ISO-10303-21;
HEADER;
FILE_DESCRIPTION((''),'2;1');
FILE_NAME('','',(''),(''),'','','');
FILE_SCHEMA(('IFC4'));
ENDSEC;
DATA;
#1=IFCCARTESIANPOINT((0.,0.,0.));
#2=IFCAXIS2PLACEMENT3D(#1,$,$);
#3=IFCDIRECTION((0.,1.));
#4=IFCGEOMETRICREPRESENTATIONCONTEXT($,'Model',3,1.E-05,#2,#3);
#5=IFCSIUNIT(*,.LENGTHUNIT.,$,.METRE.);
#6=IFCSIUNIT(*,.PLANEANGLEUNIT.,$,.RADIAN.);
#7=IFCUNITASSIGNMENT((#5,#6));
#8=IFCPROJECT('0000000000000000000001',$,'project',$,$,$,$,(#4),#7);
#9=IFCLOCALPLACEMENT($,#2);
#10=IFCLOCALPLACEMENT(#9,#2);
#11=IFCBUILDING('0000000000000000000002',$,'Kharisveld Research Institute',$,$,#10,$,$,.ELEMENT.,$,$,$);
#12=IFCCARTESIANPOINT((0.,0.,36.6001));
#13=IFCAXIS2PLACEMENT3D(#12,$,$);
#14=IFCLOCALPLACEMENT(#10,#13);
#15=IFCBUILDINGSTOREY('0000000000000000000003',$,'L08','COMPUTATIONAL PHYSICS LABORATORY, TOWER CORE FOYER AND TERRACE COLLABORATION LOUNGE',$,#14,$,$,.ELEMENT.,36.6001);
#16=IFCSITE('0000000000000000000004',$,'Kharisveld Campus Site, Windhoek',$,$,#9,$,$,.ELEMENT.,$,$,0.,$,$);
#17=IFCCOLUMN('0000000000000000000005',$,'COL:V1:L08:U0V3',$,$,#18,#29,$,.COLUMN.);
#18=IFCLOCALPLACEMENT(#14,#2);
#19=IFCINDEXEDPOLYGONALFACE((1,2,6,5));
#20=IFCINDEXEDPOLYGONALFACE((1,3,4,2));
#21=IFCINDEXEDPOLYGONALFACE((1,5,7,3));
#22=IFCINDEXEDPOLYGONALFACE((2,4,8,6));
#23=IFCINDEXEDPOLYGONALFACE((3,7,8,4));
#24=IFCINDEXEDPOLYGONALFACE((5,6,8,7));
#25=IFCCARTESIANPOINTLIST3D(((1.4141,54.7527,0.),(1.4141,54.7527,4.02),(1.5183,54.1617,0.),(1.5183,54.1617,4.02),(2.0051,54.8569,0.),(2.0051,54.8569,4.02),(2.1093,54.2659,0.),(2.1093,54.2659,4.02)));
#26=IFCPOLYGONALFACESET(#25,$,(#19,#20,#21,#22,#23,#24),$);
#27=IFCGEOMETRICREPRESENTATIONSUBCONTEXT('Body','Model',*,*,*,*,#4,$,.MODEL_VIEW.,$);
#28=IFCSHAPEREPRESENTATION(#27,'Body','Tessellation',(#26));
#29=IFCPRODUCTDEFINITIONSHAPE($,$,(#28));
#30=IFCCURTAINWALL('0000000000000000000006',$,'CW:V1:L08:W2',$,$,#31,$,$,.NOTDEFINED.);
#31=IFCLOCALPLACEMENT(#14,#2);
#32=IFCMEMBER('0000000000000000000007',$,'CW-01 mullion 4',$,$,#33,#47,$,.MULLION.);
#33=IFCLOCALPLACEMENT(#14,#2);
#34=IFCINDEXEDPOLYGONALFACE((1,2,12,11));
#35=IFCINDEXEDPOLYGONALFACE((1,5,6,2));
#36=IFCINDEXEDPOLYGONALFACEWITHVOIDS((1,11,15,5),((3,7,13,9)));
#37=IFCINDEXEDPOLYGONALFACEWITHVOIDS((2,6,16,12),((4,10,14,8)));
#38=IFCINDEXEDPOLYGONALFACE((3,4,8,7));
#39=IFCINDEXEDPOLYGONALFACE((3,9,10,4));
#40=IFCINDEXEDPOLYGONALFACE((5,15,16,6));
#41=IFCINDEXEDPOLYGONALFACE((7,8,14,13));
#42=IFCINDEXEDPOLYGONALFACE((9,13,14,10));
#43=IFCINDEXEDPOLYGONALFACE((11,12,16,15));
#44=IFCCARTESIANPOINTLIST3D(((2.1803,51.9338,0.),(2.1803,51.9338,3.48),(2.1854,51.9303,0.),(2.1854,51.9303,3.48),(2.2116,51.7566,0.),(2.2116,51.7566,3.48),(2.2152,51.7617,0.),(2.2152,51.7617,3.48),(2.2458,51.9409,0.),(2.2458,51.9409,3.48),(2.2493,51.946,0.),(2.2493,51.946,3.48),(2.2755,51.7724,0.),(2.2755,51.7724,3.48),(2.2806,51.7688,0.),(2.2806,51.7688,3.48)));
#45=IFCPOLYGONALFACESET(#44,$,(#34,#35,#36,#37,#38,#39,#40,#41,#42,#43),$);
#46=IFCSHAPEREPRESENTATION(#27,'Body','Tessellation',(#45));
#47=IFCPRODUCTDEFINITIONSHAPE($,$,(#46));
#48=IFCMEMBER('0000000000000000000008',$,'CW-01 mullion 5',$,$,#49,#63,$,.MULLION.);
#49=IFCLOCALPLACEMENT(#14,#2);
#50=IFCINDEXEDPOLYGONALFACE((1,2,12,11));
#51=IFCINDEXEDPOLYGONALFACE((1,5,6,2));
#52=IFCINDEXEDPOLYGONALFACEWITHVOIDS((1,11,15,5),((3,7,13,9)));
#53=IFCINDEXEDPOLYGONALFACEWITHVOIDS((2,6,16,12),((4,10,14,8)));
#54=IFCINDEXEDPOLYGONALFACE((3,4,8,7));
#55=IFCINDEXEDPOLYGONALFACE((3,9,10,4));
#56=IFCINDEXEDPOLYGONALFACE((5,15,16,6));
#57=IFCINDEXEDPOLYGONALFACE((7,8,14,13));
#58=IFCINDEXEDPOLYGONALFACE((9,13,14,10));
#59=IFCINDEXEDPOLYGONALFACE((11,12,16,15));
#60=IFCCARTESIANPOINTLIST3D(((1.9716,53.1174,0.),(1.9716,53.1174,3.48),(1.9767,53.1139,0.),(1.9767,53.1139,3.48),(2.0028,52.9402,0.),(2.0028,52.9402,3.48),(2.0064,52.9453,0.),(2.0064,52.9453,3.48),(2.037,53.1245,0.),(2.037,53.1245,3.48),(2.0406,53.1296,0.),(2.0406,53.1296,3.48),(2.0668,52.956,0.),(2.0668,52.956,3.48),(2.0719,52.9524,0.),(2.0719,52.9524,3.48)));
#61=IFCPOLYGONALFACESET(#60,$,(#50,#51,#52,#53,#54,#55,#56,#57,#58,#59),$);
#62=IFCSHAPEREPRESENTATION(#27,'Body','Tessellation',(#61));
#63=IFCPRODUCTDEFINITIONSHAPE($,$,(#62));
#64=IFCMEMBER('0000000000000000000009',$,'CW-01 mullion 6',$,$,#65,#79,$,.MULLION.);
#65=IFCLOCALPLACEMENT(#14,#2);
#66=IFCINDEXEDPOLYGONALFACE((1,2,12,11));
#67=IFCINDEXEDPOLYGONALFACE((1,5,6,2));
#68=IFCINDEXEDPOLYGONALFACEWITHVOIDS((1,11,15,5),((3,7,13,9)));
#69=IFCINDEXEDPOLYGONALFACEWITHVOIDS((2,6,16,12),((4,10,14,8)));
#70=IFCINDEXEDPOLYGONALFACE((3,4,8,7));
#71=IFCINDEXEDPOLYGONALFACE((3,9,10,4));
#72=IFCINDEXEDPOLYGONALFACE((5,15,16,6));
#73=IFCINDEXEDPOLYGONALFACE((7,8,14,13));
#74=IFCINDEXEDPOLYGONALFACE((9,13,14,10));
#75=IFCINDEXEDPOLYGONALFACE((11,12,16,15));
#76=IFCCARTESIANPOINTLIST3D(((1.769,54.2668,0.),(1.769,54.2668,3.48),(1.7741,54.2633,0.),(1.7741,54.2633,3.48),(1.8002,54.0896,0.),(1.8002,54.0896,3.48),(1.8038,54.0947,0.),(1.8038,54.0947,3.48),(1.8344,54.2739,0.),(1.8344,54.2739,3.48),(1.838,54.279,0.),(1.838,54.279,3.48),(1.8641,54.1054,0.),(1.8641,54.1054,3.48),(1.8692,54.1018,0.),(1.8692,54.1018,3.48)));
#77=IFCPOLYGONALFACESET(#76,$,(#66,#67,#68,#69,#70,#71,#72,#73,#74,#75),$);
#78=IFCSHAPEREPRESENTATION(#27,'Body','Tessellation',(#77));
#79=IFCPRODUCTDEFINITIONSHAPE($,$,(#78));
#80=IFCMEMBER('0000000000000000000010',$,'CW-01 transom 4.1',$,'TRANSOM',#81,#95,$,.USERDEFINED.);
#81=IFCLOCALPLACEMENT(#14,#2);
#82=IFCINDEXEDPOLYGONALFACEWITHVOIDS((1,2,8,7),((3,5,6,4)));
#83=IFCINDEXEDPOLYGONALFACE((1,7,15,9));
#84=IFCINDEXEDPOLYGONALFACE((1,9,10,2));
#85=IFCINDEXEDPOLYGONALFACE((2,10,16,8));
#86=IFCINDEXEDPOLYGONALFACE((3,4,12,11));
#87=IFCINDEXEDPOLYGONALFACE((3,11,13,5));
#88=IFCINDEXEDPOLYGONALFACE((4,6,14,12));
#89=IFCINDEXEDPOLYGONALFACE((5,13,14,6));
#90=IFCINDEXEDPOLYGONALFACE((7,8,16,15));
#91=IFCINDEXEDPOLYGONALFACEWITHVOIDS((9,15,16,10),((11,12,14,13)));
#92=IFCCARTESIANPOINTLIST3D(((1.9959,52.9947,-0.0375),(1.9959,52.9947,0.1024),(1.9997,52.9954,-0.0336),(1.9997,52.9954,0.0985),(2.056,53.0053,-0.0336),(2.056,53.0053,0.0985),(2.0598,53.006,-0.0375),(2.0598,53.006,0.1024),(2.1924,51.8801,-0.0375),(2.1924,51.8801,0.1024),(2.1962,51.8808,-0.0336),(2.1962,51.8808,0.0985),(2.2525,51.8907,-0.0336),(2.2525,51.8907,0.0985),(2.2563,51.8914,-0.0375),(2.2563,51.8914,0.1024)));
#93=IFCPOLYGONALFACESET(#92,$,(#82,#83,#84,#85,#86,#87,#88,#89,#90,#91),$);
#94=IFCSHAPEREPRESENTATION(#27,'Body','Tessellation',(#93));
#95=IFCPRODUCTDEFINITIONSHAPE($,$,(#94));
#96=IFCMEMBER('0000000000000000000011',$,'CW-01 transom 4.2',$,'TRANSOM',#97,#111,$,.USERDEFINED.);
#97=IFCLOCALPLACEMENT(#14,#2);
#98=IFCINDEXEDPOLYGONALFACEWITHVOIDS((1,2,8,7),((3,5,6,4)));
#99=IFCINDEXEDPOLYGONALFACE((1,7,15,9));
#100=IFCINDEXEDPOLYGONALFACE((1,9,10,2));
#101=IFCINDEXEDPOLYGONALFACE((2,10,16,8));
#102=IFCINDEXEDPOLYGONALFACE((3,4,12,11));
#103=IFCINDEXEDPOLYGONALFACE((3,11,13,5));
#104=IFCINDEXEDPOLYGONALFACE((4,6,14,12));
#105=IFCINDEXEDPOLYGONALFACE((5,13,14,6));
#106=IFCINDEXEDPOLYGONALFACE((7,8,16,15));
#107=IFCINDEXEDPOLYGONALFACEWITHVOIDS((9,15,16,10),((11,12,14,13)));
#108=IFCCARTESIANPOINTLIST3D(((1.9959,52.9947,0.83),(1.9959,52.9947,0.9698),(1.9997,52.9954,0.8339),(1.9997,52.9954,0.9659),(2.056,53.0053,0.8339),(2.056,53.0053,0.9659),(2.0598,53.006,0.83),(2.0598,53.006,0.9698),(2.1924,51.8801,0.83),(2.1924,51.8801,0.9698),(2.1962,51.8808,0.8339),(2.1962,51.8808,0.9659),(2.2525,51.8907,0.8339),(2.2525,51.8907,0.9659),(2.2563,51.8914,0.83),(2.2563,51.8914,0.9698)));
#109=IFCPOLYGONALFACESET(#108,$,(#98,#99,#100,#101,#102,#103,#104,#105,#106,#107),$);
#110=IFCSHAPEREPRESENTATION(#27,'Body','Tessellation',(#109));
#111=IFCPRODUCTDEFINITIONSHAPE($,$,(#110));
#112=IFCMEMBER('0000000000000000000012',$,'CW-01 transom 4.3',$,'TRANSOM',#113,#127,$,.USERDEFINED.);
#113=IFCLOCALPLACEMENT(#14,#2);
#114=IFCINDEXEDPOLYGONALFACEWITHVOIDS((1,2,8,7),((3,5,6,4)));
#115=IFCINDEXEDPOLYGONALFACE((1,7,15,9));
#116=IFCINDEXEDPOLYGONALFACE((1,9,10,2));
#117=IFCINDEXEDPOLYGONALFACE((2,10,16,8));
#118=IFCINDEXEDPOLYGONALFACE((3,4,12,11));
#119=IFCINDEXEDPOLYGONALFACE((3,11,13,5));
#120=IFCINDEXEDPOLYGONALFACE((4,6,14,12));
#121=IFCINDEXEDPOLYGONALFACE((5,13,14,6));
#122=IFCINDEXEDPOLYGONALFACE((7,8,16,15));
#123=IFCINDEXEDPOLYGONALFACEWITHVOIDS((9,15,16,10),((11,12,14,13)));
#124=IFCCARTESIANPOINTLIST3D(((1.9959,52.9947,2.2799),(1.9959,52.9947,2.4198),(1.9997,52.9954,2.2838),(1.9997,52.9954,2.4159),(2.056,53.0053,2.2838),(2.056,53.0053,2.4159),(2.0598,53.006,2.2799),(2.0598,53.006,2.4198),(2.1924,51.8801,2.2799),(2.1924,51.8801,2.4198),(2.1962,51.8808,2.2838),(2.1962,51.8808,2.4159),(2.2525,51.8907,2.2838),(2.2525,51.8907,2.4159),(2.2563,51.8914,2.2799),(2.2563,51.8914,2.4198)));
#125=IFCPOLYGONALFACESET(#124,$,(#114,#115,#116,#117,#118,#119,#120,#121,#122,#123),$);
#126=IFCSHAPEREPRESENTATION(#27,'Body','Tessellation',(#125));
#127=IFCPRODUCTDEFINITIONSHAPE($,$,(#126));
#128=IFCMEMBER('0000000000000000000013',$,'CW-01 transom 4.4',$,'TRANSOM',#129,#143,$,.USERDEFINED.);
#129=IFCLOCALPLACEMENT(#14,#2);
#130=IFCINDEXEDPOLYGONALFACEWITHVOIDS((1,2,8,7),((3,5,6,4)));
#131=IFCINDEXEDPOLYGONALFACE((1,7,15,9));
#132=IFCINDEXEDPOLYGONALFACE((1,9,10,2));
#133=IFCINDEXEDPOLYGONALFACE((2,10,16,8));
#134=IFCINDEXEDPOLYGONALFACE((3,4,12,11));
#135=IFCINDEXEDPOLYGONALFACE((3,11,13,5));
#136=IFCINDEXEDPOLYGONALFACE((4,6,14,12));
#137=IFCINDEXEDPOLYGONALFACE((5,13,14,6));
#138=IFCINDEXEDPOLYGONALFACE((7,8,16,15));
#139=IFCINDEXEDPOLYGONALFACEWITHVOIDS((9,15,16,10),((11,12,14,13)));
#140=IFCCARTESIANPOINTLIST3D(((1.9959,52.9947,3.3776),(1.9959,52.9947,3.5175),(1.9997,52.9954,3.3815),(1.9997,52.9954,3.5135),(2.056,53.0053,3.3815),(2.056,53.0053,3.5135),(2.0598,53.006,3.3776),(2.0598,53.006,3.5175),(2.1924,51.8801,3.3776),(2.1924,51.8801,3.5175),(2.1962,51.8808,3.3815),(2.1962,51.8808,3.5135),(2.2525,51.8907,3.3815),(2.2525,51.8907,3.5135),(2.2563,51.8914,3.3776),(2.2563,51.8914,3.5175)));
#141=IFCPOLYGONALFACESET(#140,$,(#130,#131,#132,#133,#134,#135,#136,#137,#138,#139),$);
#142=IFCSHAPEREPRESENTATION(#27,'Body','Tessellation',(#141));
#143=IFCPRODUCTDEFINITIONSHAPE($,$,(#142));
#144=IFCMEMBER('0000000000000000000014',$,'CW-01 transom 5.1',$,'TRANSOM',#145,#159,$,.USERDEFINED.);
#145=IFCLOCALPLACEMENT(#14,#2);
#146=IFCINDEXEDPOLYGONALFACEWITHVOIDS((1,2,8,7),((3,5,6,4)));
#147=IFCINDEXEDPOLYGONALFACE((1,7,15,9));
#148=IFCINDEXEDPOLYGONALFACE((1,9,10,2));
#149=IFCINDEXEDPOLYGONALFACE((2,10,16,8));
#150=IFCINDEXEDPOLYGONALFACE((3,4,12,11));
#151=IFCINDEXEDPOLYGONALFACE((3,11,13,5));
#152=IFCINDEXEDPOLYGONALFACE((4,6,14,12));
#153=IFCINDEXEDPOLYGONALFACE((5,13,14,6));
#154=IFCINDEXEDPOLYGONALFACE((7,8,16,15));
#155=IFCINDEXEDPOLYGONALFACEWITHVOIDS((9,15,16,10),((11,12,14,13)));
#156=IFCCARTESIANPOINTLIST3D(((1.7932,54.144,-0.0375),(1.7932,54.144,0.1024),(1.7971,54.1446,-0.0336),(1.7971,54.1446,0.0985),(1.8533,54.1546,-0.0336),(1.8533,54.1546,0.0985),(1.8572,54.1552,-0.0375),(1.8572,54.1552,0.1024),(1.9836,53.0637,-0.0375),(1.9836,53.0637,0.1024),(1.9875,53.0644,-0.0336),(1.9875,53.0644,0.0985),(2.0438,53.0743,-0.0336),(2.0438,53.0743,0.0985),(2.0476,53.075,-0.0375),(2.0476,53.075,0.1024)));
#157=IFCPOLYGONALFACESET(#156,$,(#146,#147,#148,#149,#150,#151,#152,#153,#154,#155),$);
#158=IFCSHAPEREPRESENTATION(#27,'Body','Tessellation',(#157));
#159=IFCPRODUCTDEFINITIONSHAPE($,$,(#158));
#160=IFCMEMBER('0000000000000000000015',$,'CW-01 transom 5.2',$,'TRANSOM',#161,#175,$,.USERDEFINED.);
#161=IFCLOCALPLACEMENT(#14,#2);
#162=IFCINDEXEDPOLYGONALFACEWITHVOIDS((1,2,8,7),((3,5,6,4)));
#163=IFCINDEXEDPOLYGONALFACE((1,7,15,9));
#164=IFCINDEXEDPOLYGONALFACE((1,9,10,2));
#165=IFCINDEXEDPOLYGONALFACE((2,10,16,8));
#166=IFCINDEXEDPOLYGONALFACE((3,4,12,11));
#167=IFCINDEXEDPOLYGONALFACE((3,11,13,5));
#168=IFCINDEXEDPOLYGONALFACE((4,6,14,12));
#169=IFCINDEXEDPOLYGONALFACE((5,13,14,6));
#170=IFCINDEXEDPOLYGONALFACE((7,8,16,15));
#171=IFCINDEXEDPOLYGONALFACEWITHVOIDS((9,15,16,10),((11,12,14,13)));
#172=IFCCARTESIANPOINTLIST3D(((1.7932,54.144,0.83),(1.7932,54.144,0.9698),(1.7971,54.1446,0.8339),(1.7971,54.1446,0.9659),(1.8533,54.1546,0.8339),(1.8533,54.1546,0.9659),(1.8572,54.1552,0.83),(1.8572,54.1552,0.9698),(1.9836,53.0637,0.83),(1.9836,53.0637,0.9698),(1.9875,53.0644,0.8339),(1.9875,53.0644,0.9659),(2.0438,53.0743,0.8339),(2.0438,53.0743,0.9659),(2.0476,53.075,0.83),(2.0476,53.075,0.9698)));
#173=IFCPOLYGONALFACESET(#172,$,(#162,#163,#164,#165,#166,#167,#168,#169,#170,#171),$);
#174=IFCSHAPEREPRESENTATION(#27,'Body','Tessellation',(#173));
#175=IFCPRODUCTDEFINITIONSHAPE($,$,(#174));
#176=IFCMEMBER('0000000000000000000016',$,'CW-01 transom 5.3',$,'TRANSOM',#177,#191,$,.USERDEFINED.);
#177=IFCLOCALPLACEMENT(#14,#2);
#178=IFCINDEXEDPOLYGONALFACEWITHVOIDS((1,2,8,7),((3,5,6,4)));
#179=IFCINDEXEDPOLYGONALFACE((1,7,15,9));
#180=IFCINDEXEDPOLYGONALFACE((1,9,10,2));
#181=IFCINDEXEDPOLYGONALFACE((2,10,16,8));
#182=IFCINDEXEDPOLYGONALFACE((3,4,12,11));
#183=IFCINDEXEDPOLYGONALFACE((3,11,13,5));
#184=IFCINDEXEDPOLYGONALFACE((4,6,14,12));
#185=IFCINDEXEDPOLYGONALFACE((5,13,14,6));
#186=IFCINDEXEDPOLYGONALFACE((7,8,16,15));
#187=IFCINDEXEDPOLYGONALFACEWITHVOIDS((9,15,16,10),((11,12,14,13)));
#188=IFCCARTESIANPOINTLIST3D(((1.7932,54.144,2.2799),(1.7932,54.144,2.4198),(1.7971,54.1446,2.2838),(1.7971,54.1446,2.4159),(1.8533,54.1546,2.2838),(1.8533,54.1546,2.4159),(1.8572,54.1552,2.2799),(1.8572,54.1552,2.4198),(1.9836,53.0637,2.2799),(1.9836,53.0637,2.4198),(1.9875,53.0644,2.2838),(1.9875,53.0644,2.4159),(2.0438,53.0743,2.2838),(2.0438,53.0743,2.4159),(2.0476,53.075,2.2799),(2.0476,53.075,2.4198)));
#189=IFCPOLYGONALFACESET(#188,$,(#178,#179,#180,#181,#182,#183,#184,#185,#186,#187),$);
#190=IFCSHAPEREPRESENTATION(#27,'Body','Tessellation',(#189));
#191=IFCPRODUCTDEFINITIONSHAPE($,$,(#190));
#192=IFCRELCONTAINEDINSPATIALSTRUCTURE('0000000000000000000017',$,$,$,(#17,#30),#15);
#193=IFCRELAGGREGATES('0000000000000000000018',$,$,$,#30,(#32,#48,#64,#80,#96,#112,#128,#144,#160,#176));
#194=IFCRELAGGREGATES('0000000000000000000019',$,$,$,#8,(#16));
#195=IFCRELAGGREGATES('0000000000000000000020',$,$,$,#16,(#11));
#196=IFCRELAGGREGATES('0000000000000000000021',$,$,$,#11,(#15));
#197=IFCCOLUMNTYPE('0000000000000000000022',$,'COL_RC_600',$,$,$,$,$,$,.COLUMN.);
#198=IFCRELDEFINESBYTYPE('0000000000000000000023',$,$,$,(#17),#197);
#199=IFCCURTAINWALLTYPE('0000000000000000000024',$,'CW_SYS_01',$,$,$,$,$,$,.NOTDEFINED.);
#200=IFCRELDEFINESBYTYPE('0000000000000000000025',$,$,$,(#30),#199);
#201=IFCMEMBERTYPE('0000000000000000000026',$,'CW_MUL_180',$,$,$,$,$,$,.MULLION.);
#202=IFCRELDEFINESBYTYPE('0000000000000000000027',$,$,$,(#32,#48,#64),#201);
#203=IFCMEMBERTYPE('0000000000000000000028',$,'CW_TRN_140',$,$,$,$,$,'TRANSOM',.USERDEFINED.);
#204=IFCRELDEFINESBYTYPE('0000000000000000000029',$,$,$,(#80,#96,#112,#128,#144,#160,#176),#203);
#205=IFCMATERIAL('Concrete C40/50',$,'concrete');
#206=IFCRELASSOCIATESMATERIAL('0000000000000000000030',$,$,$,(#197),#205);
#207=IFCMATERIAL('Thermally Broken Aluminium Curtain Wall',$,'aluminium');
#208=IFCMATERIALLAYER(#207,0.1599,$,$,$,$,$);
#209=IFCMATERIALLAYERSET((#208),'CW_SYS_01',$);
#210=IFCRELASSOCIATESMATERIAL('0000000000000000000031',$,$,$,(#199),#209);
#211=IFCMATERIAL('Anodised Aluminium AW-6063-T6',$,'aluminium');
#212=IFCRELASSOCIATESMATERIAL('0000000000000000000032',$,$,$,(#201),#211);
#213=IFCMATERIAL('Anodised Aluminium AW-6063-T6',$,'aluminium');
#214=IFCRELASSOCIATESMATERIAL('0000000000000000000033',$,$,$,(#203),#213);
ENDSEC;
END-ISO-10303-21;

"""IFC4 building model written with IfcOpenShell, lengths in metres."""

from ifc_helpers import new_model, si_unit, direction, frame, origin, origin_2d, place, context, subcontext, project, spatial, rectangle, hollow_rectangle, extrude, material, layer, layer_set, material_profile, profile_set, type_object, element, aggregate, save


model = new_model("IFC4")

# Units and contexts
model_context = context("Model", 3, precision=1e-05, world=origin(), true_north=direction((0.0, 1.0)))
body_context = subcontext(model_context, "Body", "Model", "MODEL_VIEW")
ifc_project = project(units=[si_unit("LENGTHUNIT", "METRE"), si_unit("PLANEANGLEUNIT", "RADIAN")], contexts=[model_context])

# Site, building, storey
site_placement = place(None, origin())
site = spatial("IfcSite", under=ifc_project, at=site_placement, Name="Kharisveld Campus Site, Windhoek", CompositionType="ELEMENT", RefElevation=0.0)
building_placement = place(site_placement, origin())
building = spatial("IfcBuilding", under=site, at=building_placement, Name="Kharisveld Research Institute", CompositionType="ELEMENT")
storey_placement = place(building_placement, frame((0.0, 0.0, 36.6001)))
storey = spatial("IfcBuildingStorey", under=building, at=storey_placement, Name="L08", Description="COMPUTATIONAL PHYSICS LABORATORY, TOWER CORE FOYER AND TERRACE COLLABORATION LOUNGE", CompositionType="ELEMENT", Elevation=36.6001)

# Column
ifc_material_1 = material(Name="Concrete C40/50", Category="concrete")
ifc_material_profile_1 = material_profile(ifc_material_1, rectangle(XDim=0.6001, YDim=0.6001, at=origin_2d()))
ifc_profile_set_1 = profile_set([ifc_material_profile_1], Name="Concrete C40/50")
column_type = type_object("IfcColumnType", Name="COL_RC_600", PredefinedType="COLUMN", material=ifc_profile_set_1)
column_placement = place(storey_placement, frame((1.7617, 54.5093, 0.0), z_axis=(0.0, 0.0, 1.0), x_axis=(0.984808, 0.173648, 0.0)))
element("IfcColumn", 1, at=column_placement, inside=storey, type_object=column_type, Name="COL:V1:L08:U0V3", PredefinedType="COLUMN", context=body_context, shape_type="SweptSolid", body=[
    extrude(rectangle(XDim=0.6001, YDim=0.6001, at=origin_2d()), origin(), (0.0, 0.0, 1.0), 4.02),
])

# Curtain wall, members
ifc_material_2 = material(Name="Thermally Broken Aluminium Curtain Wall", Category="aluminium")
ifc_layer_1 = layer(ifc_material_2, 0.1599)
ifc_layer_set_1 = layer_set([ifc_layer_1], Name="CW_SYS_01")
curtain_wall_type = type_object("IfcCurtainWallType", Name="CW_SYS_01", PredefinedType="NOTDEFINED", material=ifc_layer_set_1)
curtain_wall_placement = place(storey_placement, origin())
curtain_wall = element("IfcCurtainWall", 2, at=curtain_wall_placement, inside=storey, type_object=curtain_wall_type, Name="CW:V1:L08:W2", PredefinedType="NOTDEFINED")
ifc_material_3 = material(Name="Anodised Aluminium AW-6063-T6", Category="aluminium")
ifc_material_profile_2 = material_profile(ifc_material_3, hollow_rectangle(XDim=0.0701, YDim=0.1799, WallThickness=0.0044, at=origin_2d()))
ifc_profile_set_2 = profile_set([ifc_material_profile_2], Name="Anodised Aluminium AW-6063-T6")
member_type_1 = type_object("IfcMemberType", Name="CW_MUL_180", PredefinedType="MULLION", material=ifc_profile_set_2)
member_1_placement = place(storey_placement, frame((2.2305, 51.8513, 0.0), z_axis=(0.0, 0.0, 1.0), x_axis=(-0.984808, -0.173648, 0.0)))
member_1 = element("IfcMember", 3, at=member_1_placement, type_object=member_type_1, Name="CW-01 mullion 4", PredefinedType="MULLION", context=body_context, shape_type="SweptSolid", body=[
    extrude(hollow_rectangle(XDim=0.0701, YDim=0.1799, WallThickness=0.0044, at=origin_2d()), origin(), (0.0, 0.0, 1.0), 3.48),
])
member_2_placement = place(storey_placement, frame((2.0217, 53.0349, 0.0), z_axis=(0.0, 0.0, 1.0), x_axis=(-0.984808, -0.173648, 0.0)))
member_2 = element("IfcMember", 4, at=member_2_placement, type_object=member_type_1, Name="CW-01 mullion 5", PredefinedType="MULLION", context=body_context, shape_type="SweptSolid", body=[
    extrude(hollow_rectangle(XDim=0.0701, YDim=0.1799, WallThickness=0.0044, at=origin_2d()), origin(), (0.0, 0.0, 1.0), 3.48),
])
member_3_placement = place(storey_placement, frame((1.8191, 54.1843, 0.0), z_axis=(0.0, 0.0, 1.0), x_axis=(-0.984808, -0.173648, 0.0)))
member_3 = element("IfcMember", 5, at=member_3_placement, type_object=member_type_1, Name="CW-01 mullion 6", PredefinedType="MULLION", context=body_context, shape_type="SweptSolid", body=[
    extrude(hollow_rectangle(XDim=0.0701, YDim=0.1799, WallThickness=0.0044, at=origin_2d()), origin(), (0.0, 0.0, 1.0), 3.48),
])
ifc_material_4 = material(Name="Anodised Aluminium AW-6063-T6", Category="aluminium")
ifc_material_profile_3 = material_profile(ifc_material_4, hollow_rectangle(XDim=0.0649, YDim=0.1399, WallThickness=0.0039, at=origin_2d()))
ifc_profile_set_3 = profile_set([ifc_material_profile_3], Name="Anodised Aluminium AW-6063-T6")
member_type_2 = type_object("IfcMemberType", Name="CW_TRN_140", ElementType="TRANSOM", PredefinedType="USERDEFINED", material=ifc_profile_set_3)
member_4_placement = place(storey_placement, frame((2.2244, 51.8857, 0.0325), z_axis=(-0.173625, 0.984812, 0.0), x_axis=(-0.984812, -0.173625, 0.0)))
member_4 = element("IfcMember", 6, at=member_4_placement, type_object=member_type_2, Name="CW-01 transom 4.1", ObjectType="TRANSOM", PredefinedType="USERDEFINED", context=body_context, shape_type="SweptSolid", body=[
    extrude(hollow_rectangle(XDim=0.0649, YDim=0.1399, WallThickness=0.0039, at=origin_2d()), origin(), (0.0, 0.0, 1.0), 1.1318),
])
member_5_placement = place(storey_placement, frame((2.2244, 51.8857, 0.8999), z_axis=(-0.173625, 0.984812, 0.0), x_axis=(-0.984812, -0.173625, 0.0)))
member_5 = element("IfcMember", 7, at=member_5_placement, type_object=member_type_2, Name="CW-01 transom 4.2", ObjectType="TRANSOM", PredefinedType="USERDEFINED", context=body_context, shape_type="SweptSolid", body=[
    extrude(hollow_rectangle(XDim=0.0649, YDim=0.1399, WallThickness=0.0039, at=origin_2d()), origin(), (0.0, 0.0, 1.0), 1.1318),
])
member_6_placement = place(storey_placement, frame((2.2244, 51.8857, 2.3499), z_axis=(-0.173625, 0.984812, 0.0), x_axis=(-0.984812, -0.173625, 0.0)))
member_6 = element("IfcMember", 8, at=member_6_placement, type_object=member_type_2, Name="CW-01 transom 4.3", ObjectType="TRANSOM", PredefinedType="USERDEFINED", context=body_context, shape_type="SweptSolid", body=[
    extrude(hollow_rectangle(XDim=0.0649, YDim=0.1399, WallThickness=0.0039, at=origin_2d()), origin(), (0.0, 0.0, 1.0), 1.1318),
])
member_7_placement = place(storey_placement, frame((2.2244, 51.8857, 3.4475), z_axis=(-0.173625, 0.984812, 0.0), x_axis=(-0.984812, -0.173625, 0.0)))
member_7 = element("IfcMember", 9, at=member_7_placement, type_object=member_type_2, Name="CW-01 transom 4.4", ObjectType="TRANSOM", PredefinedType="USERDEFINED", context=body_context, shape_type="SweptSolid", body=[
    extrude(hollow_rectangle(XDim=0.0649, YDim=0.1399, WallThickness=0.0039, at=origin_2d()), origin(), (0.0, 0.0, 1.0), 1.1318),
])
member_8_placement = place(storey_placement, frame((2.0156, 53.0693, 0.0325), z_axis=(-0.173595, 0.984817, 0.0), x_axis=(-0.984817, -0.173595, 0.0)))
member_8 = element("IfcMember", 10, at=member_8_placement, type_object=member_type_2, Name="CW-01 transom 5.1", ObjectType="TRANSOM", PredefinedType="USERDEFINED", context=body_context, shape_type="SweptSolid", body=[
    extrude(hollow_rectangle(XDim=0.0649, YDim=0.1399, WallThickness=0.0039, at=origin_2d()), origin(), (0.0, 0.0, 1.0), 1.0969),
])
member_9_placement = place(storey_placement, frame((2.0156, 53.0693, 0.8999), z_axis=(-0.173595, 0.984817, 0.0), x_axis=(-0.984817, -0.173595, 0.0)))
member_9 = element("IfcMember", 11, at=member_9_placement, type_object=member_type_2, Name="CW-01 transom 5.2", ObjectType="TRANSOM", PredefinedType="USERDEFINED", context=body_context, shape_type="SweptSolid", body=[
    extrude(hollow_rectangle(XDim=0.0649, YDim=0.1399, WallThickness=0.0039, at=origin_2d()), origin(), (0.0, 0.0, 1.0), 1.0969),
])
member_10_placement = place(storey_placement, frame((2.0156, 53.0693, 2.3499), z_axis=(-0.173595, 0.984817, 0.0), x_axis=(-0.984817, -0.173595, 0.0)))
member_10 = element("IfcMember", 12, at=member_10_placement, type_object=member_type_2, Name="CW-01 transom 5.3", ObjectType="TRANSOM", PredefinedType="USERDEFINED", context=body_context, shape_type="SweptSolid", body=[
    extrude(hollow_rectangle(XDim=0.0649, YDim=0.1399, WallThickness=0.0039, at=origin_2d()), origin(), (0.0, 0.0, 1.0), 1.0969),
])

aggregate(curtain_wall, [member_1, member_2, member_3, member_4, member_5, member_6, member_7, member_8, member_9, member_10])

save(model, "model.ifc")
